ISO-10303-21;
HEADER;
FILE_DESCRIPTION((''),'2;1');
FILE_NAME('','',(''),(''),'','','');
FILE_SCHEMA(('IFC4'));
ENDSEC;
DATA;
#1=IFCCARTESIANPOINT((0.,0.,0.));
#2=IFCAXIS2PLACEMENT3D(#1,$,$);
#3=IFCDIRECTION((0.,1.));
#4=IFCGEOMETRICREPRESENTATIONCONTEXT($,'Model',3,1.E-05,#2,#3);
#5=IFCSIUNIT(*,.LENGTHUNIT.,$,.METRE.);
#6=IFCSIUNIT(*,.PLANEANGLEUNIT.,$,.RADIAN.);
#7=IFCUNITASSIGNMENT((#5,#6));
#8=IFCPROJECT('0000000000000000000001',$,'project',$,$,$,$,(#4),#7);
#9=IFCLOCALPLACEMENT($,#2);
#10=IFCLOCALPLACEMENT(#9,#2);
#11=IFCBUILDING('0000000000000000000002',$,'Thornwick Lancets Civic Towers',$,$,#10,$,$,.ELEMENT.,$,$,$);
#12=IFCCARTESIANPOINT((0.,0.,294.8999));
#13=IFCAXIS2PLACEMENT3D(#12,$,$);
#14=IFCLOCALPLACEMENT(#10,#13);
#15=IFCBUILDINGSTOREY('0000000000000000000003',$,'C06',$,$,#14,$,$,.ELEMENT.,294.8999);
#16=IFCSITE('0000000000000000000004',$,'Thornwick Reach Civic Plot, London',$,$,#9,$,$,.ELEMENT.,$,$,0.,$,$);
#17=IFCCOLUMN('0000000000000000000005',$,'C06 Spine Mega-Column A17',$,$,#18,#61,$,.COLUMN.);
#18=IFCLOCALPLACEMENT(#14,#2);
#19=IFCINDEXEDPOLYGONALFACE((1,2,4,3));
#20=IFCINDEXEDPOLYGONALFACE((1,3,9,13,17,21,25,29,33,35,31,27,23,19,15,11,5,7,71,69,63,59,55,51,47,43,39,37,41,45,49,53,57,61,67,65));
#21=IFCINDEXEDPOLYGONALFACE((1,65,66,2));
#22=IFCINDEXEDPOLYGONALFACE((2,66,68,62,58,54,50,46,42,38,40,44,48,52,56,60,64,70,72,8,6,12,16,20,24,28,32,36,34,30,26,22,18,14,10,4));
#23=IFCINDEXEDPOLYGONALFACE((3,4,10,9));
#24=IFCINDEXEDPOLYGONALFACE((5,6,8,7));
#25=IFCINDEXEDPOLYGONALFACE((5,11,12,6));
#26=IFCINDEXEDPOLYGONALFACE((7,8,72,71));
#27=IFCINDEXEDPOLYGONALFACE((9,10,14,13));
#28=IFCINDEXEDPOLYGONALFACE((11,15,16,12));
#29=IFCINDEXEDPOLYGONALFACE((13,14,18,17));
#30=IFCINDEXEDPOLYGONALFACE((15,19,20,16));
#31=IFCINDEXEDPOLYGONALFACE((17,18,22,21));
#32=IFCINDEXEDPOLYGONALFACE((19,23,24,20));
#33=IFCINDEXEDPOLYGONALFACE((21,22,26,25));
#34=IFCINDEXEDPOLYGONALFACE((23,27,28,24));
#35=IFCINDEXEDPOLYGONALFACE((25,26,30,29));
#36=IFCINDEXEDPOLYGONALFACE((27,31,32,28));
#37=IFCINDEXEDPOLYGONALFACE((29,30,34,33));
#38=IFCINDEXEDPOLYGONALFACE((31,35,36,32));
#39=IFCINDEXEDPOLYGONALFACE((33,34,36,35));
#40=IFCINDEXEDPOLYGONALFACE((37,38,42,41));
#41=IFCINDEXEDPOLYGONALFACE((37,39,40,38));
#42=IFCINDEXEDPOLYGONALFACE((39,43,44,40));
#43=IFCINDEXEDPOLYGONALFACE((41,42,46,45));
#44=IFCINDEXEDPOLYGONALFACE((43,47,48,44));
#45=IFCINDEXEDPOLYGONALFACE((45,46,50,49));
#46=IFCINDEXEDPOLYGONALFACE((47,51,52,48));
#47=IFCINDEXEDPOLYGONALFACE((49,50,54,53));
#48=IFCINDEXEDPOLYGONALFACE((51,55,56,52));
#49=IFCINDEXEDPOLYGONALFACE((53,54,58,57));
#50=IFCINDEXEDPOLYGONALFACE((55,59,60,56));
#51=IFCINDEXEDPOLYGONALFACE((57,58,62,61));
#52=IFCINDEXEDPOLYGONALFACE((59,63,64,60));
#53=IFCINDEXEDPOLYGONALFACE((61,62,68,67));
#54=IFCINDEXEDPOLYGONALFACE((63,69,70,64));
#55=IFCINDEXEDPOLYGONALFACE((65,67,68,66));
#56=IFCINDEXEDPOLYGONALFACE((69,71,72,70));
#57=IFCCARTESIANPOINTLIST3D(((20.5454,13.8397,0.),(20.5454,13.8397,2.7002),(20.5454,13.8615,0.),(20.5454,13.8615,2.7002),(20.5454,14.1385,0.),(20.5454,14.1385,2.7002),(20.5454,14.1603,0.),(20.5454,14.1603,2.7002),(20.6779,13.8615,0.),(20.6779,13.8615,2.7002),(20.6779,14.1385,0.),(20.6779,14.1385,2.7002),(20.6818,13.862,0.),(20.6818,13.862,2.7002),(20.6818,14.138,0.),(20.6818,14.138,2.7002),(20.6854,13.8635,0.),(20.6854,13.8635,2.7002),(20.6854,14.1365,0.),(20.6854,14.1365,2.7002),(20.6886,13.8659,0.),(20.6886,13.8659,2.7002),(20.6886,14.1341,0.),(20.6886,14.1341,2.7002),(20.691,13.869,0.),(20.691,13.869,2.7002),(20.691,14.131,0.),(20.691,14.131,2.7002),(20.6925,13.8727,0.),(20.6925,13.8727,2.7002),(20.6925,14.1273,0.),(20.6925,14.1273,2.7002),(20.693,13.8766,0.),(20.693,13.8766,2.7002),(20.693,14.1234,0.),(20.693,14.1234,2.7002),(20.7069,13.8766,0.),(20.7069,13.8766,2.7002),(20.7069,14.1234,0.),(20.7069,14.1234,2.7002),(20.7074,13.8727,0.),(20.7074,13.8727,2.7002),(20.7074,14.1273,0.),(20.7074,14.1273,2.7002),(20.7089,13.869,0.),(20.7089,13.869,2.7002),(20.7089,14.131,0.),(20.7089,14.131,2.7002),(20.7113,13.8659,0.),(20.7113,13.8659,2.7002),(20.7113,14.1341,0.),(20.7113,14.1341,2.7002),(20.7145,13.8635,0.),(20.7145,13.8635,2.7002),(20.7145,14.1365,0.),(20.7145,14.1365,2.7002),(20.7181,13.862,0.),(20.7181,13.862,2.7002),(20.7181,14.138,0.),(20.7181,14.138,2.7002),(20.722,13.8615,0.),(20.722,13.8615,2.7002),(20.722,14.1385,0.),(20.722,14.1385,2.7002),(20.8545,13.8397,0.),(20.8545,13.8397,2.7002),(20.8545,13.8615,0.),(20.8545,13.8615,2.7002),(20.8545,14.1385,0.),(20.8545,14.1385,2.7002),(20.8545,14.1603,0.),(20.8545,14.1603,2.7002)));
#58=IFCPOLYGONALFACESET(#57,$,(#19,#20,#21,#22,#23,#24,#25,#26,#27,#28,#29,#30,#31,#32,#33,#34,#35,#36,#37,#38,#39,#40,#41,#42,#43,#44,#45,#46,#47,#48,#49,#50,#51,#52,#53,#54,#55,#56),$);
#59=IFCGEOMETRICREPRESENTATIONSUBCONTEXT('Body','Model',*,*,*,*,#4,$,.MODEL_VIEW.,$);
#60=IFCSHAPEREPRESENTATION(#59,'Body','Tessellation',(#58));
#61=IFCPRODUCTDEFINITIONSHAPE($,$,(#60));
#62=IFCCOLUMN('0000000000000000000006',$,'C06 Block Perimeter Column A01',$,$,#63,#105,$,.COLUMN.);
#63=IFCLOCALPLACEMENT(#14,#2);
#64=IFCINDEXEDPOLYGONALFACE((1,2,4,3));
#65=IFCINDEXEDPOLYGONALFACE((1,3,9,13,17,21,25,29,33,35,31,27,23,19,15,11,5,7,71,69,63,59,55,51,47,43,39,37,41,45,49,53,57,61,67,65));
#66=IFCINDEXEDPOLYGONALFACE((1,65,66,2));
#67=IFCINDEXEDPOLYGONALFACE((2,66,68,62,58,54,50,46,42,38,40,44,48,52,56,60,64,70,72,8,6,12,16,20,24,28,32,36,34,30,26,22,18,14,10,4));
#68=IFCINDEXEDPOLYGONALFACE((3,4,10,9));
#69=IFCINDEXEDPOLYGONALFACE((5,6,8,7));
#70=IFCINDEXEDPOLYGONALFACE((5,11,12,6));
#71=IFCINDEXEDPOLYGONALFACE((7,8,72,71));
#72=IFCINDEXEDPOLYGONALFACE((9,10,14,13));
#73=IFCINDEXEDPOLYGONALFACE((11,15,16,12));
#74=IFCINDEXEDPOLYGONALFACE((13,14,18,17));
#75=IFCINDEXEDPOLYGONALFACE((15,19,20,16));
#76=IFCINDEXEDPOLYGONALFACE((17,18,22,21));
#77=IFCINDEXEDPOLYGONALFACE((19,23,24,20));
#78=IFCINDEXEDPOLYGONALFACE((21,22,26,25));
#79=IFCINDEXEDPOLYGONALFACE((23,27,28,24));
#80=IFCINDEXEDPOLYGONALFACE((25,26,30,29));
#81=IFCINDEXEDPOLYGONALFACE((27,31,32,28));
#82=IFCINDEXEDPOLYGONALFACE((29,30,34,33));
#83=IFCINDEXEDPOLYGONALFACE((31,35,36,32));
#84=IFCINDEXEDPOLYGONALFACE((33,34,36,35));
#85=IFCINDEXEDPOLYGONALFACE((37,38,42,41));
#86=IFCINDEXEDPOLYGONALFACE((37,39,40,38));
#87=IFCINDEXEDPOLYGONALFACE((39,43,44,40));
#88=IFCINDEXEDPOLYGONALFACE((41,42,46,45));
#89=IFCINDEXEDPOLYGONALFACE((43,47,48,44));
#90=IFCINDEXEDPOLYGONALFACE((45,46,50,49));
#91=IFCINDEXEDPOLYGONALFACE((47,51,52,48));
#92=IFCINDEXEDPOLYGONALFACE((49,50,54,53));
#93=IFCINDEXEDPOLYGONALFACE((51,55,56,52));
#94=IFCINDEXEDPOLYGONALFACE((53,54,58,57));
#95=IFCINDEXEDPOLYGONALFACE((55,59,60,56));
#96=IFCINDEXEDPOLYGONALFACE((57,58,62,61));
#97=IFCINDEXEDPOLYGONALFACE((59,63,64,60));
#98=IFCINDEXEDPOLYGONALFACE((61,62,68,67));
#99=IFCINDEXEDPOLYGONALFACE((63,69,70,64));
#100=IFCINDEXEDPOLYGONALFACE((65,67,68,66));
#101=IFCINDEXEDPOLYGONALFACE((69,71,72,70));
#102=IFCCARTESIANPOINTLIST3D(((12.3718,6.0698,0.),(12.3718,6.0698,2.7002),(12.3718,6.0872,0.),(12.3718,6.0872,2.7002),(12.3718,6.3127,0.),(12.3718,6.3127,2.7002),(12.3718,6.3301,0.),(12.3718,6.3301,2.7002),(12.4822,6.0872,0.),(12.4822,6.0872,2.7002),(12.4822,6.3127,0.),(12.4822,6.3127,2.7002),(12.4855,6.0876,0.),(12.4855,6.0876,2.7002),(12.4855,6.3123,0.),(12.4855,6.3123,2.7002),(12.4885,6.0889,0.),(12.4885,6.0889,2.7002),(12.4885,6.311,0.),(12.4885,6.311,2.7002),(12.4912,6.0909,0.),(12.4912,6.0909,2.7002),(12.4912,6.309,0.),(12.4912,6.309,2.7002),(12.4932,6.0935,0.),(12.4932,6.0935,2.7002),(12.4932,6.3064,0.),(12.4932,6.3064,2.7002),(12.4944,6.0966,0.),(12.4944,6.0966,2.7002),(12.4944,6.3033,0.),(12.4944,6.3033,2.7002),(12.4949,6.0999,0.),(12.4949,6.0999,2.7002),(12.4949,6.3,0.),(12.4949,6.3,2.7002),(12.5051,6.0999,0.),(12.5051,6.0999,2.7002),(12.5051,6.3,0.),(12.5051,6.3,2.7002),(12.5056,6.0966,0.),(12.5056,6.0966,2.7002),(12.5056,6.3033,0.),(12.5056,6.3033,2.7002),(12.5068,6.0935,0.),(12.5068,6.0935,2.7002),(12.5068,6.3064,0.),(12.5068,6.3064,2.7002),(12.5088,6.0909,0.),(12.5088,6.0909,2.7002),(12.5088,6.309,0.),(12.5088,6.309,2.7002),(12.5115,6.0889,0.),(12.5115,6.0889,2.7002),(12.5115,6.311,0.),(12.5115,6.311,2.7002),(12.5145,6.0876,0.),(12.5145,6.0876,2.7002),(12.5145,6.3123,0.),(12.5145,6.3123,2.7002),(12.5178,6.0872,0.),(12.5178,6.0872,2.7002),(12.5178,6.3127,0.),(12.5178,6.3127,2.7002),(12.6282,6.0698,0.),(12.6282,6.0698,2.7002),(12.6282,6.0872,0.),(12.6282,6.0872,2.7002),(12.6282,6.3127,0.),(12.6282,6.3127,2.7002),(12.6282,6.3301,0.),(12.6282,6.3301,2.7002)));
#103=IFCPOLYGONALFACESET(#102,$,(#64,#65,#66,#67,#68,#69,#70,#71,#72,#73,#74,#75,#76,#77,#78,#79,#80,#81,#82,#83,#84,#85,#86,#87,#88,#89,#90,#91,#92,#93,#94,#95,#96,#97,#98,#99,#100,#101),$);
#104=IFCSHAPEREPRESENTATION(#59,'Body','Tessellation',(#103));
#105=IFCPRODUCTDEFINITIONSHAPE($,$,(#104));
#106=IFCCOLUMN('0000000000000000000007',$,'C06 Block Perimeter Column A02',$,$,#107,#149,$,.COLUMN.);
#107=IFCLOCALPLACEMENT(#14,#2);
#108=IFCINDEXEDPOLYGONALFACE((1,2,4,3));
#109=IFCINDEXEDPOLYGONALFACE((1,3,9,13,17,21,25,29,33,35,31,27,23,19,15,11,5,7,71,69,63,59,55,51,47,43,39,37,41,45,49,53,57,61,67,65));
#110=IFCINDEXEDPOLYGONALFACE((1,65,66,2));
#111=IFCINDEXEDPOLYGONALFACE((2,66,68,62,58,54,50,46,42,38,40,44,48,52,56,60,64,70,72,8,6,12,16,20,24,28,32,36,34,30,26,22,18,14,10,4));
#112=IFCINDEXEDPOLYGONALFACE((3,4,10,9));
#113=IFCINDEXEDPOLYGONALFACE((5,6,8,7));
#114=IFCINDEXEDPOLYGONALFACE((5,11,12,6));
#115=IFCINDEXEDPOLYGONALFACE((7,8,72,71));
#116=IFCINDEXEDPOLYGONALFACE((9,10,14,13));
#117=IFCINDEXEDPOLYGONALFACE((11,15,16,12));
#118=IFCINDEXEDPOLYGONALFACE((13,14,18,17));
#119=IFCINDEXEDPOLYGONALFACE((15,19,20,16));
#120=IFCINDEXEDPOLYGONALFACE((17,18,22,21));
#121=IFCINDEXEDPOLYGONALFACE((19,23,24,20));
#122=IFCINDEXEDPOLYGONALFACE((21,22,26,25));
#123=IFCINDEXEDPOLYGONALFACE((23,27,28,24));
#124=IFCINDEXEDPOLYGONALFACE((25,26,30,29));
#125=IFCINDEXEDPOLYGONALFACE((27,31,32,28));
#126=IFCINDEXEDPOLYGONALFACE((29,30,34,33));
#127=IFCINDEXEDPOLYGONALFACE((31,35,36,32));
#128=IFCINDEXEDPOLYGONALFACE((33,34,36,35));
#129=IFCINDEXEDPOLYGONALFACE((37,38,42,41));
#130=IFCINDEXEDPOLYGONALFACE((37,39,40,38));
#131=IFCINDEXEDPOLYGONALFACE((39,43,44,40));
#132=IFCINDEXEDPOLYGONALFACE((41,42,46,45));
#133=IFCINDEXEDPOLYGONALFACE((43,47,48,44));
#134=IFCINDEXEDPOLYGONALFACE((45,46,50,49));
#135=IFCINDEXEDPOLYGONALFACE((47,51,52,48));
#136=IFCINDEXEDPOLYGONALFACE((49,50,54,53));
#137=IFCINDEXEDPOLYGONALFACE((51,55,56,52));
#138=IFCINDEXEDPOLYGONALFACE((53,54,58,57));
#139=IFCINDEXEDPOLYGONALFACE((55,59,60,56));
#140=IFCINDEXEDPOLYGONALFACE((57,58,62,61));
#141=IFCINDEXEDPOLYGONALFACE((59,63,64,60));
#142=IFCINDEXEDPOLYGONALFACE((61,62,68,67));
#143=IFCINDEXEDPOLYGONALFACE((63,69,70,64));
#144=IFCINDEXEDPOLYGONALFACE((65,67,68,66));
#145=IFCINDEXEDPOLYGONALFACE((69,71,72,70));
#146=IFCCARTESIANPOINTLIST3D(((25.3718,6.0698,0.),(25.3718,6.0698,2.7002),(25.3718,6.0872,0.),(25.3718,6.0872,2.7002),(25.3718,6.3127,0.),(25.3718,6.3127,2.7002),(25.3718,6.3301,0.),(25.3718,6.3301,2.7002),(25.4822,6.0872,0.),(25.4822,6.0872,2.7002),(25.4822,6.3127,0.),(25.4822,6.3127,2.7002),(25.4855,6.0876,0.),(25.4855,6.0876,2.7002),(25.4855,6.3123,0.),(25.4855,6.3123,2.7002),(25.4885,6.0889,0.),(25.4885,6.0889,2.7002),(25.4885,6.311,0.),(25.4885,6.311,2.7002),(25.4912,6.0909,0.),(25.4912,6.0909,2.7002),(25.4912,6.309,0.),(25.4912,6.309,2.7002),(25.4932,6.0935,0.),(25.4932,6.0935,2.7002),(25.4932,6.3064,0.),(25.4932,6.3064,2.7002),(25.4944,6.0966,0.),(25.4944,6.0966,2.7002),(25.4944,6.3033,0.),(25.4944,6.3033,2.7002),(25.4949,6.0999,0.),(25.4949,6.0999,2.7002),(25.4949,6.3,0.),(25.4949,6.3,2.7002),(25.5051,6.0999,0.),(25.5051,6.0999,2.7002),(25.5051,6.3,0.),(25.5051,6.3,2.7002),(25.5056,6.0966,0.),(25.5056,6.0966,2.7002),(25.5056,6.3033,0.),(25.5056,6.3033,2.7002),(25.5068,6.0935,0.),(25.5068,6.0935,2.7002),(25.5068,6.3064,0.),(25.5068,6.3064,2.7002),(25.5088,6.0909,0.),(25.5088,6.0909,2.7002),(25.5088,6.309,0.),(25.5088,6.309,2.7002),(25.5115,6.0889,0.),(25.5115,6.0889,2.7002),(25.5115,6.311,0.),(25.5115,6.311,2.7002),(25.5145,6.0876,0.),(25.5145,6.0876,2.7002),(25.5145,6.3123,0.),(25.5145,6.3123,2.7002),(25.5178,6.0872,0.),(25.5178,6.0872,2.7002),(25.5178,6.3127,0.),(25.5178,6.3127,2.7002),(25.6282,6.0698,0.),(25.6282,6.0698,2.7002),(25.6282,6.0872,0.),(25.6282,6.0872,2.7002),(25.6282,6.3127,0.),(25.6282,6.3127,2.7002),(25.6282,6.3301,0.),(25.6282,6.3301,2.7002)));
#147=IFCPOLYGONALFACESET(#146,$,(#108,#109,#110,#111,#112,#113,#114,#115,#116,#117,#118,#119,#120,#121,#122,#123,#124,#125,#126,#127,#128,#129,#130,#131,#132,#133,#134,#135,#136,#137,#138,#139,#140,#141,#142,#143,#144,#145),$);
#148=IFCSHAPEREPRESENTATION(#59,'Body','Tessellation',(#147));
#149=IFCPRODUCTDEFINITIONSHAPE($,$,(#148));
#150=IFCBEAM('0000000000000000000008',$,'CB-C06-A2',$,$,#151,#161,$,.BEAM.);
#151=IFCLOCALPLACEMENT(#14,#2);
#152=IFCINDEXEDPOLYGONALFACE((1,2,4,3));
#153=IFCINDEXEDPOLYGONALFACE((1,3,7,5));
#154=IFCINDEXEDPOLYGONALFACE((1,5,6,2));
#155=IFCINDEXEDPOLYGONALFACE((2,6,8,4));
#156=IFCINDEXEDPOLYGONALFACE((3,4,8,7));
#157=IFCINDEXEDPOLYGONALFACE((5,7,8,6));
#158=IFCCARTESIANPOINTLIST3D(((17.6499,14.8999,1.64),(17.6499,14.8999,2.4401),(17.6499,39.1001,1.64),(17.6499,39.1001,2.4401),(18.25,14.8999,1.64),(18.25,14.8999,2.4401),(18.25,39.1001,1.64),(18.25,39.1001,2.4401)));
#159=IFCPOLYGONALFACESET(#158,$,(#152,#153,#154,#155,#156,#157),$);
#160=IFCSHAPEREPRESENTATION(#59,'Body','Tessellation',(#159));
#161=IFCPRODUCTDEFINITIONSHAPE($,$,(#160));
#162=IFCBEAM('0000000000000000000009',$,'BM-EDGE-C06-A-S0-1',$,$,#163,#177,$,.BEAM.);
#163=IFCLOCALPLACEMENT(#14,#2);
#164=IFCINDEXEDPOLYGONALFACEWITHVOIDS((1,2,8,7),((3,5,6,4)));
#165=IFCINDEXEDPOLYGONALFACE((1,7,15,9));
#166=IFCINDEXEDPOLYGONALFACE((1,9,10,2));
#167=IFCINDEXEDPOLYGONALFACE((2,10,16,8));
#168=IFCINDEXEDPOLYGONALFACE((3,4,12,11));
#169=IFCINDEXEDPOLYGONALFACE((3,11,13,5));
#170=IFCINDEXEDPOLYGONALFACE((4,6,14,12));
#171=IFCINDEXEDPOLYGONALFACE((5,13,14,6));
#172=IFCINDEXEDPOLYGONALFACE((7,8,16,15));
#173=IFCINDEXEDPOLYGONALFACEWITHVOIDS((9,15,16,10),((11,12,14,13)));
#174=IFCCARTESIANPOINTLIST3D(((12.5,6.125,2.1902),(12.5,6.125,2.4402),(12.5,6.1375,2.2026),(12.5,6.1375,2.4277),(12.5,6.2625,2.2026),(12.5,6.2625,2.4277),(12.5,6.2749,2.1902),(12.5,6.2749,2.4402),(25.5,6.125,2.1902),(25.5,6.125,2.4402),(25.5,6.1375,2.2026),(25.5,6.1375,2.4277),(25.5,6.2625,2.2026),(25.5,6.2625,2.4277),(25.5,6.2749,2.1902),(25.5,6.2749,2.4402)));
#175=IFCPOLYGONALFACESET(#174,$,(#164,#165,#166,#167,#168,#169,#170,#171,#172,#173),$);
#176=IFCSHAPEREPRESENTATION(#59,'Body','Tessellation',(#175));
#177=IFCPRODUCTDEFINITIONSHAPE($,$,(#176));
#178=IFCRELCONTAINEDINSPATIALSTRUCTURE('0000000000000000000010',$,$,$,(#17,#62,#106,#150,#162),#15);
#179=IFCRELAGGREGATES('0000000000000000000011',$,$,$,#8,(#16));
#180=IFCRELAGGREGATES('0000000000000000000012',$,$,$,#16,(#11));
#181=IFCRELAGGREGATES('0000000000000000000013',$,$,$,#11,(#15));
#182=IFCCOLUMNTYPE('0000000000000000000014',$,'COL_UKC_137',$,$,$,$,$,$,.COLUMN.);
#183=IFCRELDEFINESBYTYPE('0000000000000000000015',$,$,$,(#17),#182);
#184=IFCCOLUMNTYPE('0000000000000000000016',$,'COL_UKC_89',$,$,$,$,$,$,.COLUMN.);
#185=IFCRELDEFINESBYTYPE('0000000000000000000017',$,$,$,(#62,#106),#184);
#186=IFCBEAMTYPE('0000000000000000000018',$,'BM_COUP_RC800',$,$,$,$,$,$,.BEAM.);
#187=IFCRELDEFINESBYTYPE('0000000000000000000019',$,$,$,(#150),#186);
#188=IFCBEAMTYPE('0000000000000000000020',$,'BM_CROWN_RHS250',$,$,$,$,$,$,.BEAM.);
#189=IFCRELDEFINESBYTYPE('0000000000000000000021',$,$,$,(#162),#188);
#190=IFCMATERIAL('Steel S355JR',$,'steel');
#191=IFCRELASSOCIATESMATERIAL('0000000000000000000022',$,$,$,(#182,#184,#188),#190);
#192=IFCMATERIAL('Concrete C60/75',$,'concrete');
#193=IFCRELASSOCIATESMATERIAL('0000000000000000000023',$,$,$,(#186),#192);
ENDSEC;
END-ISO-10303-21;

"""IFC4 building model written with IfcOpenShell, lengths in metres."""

from ifc_helpers import new_model, si_unit, direction, frame, origin, origin_2d, place, context, subcontext, project, spatial, rectangle, hollow_rectangle, i_section, extrude, material, material_profile, profile_set, type_object, element, save


model = new_model("IFC4")

# Units and contexts
model_context = context("Model", 3, precision=1e-05, world=origin(), true_north=direction((0.0, 1.0)))
body_context = subcontext(model_context, "Body", "Model", "MODEL_VIEW")
ifc_project = project(units=[si_unit("LENGTHUNIT", "METRE"), si_unit("PLANEANGLEUNIT", "RADIAN")], contexts=[model_context])

# Site, building, storey
site_placement = place(None, origin())
site = spatial("IfcSite", under=ifc_project, at=site_placement, Name="Thornwick Reach Civic Plot, London", CompositionType="ELEMENT", RefElevation=0.0)
building_placement = place(site_placement, origin())
building = spatial("IfcBuilding", under=site, at=building_placement, Name="Thornwick Lancets Civic Towers", CompositionType="ELEMENT")
storey_placement = place(building_placement, frame((0.0, 0.0, 294.8999)))
storey = spatial("IfcBuildingStorey", under=building, at=storey_placement, Name="C06", CompositionType="ELEMENT", Elevation=294.8999)

# Columns
ifc_material_1 = material(Name="Steel S355JR", Category="steel")
ifc_material_profile_1 = material_profile(ifc_material_1, i_section(OverallWidth=0.3091, OverallDepth=0.3206, WebThickness=0.0139, FlangeThickness=0.0217, FilletRadius=0.0151, at=origin_2d()), Name="UKC 305x305x137")
ifc_profile_set_1 = profile_set([ifc_material_profile_1], Name="Steel S355JR")
column_type_1 = type_object("IfcColumnType", Name="COL_UKC_137", PredefinedType="COLUMN", material=ifc_profile_set_1)
for number, where, z_axis, x_axis, name in (
    (1, (20.7, 14.0, 0.0), (0.0, 0.0, 1.0), (1.0, 0.0, 0.0), "C06 Spine Mega-Column A17"),
):
    element("IfcColumn", number, at=place(storey_placement, frame(where, z_axis=z_axis, x_axis=x_axis)), inside=storey, type_object=column_type_1, Name=name, PredefinedType="COLUMN", context=body_context, shape_type="SweptSolid", body=[
        extrude(i_section(OverallWidth=0.3091, OverallDepth=0.3206, WebThickness=0.0139, FlangeThickness=0.0217, FilletRadius=0.0151, at=origin_2d()), origin(), (0.0, 0.0, 1.0), 2.7002),
    ])
ifc_material_profile_2 = material_profile(ifc_material_1, i_section(OverallWidth=0.2563, OverallDepth=0.2603, WebThickness=0.0103, FlangeThickness=0.0173, FilletRadius=0.0127, at=origin_2d()), Name="UKC 254x254x89")
ifc_profile_set_2 = profile_set([ifc_material_profile_2], Name="Steel S355JR")
column_type_2 = type_object("IfcColumnType", Name="COL_UKC_89", PredefinedType="COLUMN", material=ifc_profile_set_2)
for number, where, z_axis, x_axis, name in (
    (2, (12.5, 6.2, 0.0), (0.0, 0.0, 1.0), (1.0, 0.0, 0.0), "C06 Block Perimeter Column A01"),
    (3, (25.5, 6.2, 0.0), (0.0, 0.0, 1.0), (1.0, 0.0, 0.0), "C06 Block Perimeter Column A02"),
):
    element("IfcColumn", number, at=place(storey_placement, frame(where, z_axis=z_axis, x_axis=x_axis)), inside=storey, type_object=column_type_2, Name=name, PredefinedType="COLUMN", context=body_context, shape_type="SweptSolid", body=[
        extrude(i_section(OverallWidth=0.2563, OverallDepth=0.2603, WebThickness=0.0103, FlangeThickness=0.0173, FilletRadius=0.0127, at=origin_2d()), origin(), (0.0, 0.0, 1.0), 2.7002),
    ])

# Beams
ifc_material_2 = material(Name="Concrete C60/75", Category="concrete")
ifc_material_profile_3 = material_profile(ifc_material_2, rectangle(XDim=0.6001, YDim=0.8, at=origin_2d()), Name="RC 600x800")
ifc_profile_set_3 = profile_set([ifc_material_profile_3], Name="Concrete C60/75")
beam_type_1 = type_object("IfcBeamType", Name="BM_COUP_RC800", PredefinedType="BEAM", material=ifc_profile_set_3)
beam_1_placement = place(storey_placement, frame((17.95, 14.8999, 2.04), z_axis=(0.0, 1.0, 0.0), x_axis=(-1.0, 0.0, 0.0)))
element("IfcBeam", 4, at=beam_1_placement, inside=storey, type_object=beam_type_1, Name="CB-C06-A2", PredefinedType="BEAM", context=body_context, shape_type="SweptSolid", body=[
    extrude(rectangle(XDim=0.6001, YDim=0.8, at=origin_2d()), origin(), (0.0, 0.0, 1.0), 24.2002),
])
ifc_material_profile_4 = material_profile(ifc_material_1, hollow_rectangle(XDim=0.1499, YDim=0.25, WallThickness=0.0125, at=origin_2d()), Name="RHS 250x150x12.5")
ifc_profile_set_4 = profile_set([ifc_material_profile_4], Name="Steel S355JR")
beam_type_2 = type_object("IfcBeamType", Name="BM_CROWN_RHS250", PredefinedType="BEAM", material=ifc_profile_set_4)
beam_2_placement = place(storey_placement, frame((12.5, 6.2, 2.3152), z_axis=(1.0, 0.0, 0.0), x_axis=(0.0, 1.0, 0.0)))
element("IfcBeam", 5, at=beam_2_placement, inside=storey, type_object=beam_type_2, Name="BM-EDGE-C06-A-S0-1", PredefinedType="BEAM", context=body_context, shape_type="SweptSolid", body=[
    extrude(hollow_rectangle(XDim=0.1499, YDim=0.25, WallThickness=0.0125, at=origin_2d()), origin(), (0.0, 0.0, 1.0), 13.0),
])

save(model, "model.ifc")
